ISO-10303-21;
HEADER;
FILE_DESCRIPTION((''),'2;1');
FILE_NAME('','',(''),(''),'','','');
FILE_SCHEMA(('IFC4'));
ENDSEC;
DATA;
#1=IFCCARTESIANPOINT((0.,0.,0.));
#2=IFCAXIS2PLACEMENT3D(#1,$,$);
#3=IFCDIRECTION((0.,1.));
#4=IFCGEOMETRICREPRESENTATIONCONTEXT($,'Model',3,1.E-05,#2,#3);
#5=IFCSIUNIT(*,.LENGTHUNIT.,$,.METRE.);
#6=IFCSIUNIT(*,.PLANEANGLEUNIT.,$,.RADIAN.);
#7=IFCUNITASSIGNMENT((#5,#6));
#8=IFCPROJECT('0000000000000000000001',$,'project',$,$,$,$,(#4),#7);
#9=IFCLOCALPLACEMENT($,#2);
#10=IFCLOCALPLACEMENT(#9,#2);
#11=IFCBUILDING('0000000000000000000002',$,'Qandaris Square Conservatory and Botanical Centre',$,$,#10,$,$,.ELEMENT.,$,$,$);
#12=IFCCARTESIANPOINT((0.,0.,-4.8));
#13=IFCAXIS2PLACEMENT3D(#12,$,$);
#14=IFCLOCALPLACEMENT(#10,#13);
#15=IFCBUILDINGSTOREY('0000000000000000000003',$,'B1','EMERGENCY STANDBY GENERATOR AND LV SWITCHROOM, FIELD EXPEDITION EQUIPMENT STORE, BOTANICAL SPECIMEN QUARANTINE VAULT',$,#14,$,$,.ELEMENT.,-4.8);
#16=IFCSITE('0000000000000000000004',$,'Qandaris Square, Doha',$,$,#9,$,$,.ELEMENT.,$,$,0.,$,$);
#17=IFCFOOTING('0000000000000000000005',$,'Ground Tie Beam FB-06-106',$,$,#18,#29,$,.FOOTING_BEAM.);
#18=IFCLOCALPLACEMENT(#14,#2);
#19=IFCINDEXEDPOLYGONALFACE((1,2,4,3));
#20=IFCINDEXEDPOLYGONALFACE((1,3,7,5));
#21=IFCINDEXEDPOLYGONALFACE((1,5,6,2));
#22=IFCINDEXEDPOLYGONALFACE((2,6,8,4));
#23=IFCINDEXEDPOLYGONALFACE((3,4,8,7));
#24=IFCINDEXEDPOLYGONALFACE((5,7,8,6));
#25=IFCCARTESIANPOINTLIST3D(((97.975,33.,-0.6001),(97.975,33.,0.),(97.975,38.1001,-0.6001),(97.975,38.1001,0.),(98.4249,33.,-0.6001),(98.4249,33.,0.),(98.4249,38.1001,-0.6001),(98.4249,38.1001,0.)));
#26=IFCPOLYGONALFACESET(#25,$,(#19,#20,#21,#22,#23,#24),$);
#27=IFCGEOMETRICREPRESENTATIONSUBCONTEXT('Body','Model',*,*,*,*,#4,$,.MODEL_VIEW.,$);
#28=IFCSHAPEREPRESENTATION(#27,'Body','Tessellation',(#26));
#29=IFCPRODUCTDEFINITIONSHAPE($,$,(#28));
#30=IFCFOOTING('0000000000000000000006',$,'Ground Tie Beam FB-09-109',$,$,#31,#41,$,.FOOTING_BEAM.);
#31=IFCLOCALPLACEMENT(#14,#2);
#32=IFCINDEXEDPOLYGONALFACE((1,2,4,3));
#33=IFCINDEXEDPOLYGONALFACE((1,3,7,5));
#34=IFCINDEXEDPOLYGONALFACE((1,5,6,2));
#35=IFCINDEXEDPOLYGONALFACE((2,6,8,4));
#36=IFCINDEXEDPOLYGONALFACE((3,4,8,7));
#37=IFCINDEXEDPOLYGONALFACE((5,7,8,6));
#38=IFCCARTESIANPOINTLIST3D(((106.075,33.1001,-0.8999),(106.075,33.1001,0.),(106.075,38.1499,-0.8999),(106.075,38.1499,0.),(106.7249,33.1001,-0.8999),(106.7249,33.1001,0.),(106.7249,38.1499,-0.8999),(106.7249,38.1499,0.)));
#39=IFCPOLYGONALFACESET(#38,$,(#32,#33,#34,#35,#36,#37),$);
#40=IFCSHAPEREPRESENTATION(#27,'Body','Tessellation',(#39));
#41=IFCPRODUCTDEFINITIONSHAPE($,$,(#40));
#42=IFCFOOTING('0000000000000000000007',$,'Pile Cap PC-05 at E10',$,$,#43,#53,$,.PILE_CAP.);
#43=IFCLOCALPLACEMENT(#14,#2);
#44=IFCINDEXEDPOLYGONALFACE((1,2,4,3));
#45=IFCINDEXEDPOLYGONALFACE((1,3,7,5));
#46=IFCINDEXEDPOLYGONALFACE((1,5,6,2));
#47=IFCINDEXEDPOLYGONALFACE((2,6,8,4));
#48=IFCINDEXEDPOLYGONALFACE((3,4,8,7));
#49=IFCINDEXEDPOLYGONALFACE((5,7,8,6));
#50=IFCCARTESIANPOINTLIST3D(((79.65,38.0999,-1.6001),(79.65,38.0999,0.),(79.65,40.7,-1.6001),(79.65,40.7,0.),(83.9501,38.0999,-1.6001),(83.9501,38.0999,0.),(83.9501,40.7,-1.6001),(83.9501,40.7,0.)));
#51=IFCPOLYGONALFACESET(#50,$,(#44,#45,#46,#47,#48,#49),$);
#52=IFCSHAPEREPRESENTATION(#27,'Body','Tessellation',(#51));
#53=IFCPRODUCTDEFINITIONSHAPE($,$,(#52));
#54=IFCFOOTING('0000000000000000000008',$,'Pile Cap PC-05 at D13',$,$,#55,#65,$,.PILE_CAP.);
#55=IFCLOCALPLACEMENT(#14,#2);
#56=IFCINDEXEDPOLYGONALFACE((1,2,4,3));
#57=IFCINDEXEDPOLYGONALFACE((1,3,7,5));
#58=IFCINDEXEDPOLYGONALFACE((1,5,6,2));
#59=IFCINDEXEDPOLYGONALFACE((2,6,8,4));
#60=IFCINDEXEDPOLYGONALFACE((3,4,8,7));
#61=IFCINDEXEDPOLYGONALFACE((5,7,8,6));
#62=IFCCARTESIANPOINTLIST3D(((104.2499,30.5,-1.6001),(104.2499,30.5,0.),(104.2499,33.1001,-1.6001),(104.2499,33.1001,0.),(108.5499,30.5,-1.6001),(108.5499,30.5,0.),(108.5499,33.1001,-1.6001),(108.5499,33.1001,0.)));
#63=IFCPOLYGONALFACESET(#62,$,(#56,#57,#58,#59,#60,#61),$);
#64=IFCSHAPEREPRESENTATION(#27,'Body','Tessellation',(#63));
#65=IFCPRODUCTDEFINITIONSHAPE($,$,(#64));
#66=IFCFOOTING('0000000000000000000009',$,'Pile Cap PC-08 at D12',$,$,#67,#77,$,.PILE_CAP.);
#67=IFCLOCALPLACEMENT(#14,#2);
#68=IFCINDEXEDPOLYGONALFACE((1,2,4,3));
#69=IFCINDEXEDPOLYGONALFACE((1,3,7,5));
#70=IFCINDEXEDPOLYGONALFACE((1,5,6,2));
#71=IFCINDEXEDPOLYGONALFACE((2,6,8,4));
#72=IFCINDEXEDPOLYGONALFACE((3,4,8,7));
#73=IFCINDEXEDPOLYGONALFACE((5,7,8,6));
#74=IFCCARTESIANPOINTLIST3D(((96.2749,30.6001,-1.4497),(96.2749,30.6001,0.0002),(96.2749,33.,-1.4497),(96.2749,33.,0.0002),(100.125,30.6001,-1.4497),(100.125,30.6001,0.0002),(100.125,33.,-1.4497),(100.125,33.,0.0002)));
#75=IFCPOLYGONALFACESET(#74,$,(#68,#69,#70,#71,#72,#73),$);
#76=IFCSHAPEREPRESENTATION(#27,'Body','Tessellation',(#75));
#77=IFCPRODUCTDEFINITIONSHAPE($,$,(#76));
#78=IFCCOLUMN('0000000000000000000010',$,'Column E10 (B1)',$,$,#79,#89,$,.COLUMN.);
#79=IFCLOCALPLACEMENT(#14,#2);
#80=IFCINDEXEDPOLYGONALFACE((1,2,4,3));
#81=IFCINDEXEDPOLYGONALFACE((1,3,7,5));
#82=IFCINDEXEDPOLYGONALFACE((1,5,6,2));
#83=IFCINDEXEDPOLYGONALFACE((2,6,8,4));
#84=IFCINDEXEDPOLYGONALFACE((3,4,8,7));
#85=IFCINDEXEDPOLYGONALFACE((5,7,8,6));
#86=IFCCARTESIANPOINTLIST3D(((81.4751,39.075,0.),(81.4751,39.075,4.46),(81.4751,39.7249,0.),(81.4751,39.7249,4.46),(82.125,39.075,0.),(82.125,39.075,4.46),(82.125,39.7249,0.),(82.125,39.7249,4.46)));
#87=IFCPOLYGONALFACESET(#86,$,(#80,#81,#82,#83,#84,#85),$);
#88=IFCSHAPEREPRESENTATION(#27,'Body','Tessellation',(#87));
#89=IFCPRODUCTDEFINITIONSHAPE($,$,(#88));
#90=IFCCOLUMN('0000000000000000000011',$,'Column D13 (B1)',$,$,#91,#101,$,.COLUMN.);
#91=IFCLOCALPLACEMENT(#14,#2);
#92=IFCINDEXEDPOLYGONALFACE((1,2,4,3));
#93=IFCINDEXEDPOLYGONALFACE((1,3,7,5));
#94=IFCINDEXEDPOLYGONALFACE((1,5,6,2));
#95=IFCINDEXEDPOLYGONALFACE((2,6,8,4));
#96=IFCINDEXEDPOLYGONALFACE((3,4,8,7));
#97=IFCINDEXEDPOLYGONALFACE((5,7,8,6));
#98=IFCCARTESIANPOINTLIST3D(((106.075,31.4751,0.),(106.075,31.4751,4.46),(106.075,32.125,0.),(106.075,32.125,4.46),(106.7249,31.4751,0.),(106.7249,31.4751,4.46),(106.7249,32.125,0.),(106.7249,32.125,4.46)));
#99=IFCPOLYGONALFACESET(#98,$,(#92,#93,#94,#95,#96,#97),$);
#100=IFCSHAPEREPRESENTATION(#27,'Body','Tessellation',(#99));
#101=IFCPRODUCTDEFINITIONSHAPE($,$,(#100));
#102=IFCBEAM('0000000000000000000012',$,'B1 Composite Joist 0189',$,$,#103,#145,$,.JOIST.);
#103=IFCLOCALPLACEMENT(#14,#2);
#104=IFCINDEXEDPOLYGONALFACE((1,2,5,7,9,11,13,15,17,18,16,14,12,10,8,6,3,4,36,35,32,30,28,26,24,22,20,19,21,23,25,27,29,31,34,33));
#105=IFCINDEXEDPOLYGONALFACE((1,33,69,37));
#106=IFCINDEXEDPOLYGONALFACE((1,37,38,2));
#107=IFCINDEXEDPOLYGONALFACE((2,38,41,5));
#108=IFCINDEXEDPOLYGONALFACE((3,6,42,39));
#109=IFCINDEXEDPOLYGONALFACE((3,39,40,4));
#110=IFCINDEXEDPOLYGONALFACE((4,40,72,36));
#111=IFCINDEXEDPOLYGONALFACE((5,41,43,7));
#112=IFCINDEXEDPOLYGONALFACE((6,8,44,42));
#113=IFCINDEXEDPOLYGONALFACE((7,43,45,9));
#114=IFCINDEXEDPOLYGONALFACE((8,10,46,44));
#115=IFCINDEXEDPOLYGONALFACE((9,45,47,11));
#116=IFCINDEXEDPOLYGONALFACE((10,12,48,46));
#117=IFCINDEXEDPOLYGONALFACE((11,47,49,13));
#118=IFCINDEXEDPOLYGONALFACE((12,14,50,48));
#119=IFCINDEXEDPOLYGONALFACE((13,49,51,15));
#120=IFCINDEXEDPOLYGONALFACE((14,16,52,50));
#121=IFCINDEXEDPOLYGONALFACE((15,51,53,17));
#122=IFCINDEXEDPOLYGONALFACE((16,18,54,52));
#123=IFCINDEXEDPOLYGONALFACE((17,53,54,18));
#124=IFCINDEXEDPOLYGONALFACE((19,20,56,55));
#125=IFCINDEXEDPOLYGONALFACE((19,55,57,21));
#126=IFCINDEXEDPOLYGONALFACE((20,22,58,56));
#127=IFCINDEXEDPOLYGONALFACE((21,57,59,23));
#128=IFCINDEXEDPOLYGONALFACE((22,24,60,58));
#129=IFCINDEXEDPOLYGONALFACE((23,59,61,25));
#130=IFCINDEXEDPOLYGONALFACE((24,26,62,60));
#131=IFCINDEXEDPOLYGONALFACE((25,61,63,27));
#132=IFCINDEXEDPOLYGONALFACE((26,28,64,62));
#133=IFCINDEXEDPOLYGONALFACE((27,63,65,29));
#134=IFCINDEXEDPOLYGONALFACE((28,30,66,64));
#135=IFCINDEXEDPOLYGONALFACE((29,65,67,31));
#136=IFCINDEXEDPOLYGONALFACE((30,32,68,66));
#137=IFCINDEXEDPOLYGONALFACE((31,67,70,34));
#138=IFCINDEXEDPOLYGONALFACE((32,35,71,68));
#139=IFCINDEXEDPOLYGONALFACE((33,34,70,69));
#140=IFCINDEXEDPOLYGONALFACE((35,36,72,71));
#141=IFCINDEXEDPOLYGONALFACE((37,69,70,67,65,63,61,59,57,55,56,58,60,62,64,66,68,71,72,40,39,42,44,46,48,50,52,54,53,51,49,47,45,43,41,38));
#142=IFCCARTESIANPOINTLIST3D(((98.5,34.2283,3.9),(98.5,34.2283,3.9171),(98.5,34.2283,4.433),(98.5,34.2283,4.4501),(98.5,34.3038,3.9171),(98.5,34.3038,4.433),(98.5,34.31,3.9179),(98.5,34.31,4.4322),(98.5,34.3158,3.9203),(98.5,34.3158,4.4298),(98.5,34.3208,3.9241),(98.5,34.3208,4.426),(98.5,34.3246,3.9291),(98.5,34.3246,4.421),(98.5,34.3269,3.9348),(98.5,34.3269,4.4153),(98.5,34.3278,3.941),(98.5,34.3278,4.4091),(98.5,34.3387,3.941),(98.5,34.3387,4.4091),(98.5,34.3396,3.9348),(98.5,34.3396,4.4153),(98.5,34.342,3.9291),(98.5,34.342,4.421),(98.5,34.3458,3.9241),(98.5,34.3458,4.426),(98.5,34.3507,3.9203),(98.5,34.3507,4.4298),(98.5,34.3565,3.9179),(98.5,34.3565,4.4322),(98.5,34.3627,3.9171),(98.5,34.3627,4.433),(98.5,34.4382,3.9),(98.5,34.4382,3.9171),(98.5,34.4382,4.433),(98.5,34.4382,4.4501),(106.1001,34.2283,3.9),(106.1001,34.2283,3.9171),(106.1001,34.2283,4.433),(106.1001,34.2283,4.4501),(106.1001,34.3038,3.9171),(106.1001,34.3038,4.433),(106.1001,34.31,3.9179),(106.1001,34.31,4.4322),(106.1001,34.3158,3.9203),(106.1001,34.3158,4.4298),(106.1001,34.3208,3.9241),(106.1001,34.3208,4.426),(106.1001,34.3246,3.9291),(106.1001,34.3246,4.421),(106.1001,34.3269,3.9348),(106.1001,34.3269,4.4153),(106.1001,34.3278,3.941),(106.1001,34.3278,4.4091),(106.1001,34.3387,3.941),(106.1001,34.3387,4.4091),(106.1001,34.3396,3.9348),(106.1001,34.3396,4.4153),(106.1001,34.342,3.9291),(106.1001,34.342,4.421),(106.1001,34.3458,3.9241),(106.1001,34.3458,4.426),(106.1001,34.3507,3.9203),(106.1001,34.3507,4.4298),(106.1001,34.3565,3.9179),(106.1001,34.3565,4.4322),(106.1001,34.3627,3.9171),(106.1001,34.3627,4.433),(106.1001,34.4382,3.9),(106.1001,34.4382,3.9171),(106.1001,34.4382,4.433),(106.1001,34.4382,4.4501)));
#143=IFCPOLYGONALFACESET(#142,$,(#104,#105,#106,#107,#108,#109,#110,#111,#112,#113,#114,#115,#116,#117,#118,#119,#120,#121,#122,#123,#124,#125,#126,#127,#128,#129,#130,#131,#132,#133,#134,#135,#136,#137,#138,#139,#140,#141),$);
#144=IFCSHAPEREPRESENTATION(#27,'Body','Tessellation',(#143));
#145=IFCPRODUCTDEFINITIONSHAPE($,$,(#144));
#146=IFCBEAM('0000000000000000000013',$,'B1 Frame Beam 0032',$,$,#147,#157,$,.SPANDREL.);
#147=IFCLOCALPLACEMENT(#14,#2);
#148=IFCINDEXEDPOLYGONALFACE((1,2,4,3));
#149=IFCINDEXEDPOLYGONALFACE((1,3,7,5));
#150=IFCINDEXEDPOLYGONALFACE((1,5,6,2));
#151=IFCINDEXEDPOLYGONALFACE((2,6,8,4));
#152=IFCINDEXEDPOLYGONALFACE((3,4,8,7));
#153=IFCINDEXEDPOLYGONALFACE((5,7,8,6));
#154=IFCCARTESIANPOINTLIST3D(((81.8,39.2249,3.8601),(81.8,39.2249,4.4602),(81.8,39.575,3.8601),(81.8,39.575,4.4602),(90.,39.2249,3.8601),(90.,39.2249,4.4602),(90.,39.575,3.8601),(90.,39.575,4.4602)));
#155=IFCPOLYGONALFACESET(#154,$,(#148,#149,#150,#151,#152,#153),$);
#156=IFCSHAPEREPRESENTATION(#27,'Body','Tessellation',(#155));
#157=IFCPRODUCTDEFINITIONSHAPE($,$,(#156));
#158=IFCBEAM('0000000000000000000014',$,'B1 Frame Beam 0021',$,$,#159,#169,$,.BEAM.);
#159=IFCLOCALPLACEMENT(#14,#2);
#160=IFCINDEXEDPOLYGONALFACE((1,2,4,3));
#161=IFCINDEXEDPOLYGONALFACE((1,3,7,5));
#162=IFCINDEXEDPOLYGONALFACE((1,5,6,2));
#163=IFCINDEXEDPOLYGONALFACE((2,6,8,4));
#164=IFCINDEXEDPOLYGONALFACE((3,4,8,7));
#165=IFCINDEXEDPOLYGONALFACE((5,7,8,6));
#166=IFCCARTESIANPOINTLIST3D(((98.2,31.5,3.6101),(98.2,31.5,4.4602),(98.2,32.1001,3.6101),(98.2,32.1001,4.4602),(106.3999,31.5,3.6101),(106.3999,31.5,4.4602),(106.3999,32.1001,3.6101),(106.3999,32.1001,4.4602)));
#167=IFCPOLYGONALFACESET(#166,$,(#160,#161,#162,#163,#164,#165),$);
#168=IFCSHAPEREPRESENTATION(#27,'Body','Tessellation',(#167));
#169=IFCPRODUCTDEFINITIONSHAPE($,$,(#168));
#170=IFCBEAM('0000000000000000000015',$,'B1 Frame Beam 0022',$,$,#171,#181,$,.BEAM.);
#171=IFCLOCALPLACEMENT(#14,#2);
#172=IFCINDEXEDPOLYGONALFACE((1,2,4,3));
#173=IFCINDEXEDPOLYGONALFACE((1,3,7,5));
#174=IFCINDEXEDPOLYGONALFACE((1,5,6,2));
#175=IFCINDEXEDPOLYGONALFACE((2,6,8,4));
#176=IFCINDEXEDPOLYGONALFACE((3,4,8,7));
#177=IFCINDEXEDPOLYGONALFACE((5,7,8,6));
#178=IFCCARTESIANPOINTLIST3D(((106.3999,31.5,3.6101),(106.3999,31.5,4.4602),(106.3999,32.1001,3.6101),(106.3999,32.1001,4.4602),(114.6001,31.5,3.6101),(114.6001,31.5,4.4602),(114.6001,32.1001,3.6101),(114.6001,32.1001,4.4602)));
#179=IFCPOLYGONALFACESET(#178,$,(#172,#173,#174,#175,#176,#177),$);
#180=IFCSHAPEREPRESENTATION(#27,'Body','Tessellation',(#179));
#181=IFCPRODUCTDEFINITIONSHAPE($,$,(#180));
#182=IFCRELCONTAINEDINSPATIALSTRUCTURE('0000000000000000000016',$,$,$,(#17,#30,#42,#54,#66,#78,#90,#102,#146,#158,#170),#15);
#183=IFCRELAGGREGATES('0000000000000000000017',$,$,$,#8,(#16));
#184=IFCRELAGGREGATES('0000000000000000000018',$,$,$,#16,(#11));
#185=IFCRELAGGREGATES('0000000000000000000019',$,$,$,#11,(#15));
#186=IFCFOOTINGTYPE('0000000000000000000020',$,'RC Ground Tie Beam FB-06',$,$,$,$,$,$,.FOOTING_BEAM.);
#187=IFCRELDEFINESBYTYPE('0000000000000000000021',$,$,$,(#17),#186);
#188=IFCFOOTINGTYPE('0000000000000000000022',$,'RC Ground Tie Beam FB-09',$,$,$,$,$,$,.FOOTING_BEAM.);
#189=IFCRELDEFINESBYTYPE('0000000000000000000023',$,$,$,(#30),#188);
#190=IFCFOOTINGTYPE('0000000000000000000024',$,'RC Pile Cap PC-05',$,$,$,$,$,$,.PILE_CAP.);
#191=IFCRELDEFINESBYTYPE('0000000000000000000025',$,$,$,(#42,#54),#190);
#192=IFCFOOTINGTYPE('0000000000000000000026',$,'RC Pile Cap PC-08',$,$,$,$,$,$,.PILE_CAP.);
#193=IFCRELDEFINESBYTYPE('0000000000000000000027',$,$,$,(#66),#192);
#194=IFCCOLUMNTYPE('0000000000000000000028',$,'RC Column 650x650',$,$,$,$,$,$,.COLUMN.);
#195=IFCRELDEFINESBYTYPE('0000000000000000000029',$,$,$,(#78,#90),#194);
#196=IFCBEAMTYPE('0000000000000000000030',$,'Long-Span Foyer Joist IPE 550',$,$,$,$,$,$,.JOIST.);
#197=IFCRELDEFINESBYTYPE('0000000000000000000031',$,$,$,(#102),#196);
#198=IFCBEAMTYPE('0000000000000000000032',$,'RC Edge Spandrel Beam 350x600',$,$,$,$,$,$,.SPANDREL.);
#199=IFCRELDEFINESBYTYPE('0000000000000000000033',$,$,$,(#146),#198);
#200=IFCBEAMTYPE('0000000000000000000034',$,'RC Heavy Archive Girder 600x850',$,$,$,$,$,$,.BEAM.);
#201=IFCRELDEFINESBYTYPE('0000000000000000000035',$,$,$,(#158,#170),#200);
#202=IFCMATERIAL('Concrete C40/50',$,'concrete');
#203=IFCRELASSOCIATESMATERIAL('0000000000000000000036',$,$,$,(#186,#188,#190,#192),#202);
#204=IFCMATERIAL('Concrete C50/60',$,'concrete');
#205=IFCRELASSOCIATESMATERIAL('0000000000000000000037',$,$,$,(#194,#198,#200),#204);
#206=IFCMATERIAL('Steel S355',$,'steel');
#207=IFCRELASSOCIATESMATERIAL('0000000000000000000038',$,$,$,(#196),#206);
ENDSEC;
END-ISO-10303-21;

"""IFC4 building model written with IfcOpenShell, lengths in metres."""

from ifc_helpers import new_model, si_unit, direction, frame, origin, origin_2d, place, context, subcontext, project, spatial, rectangle, i_section, extrude, material, material_profile, profile_set, type_object, element, save


model = new_model("IFC4")

# Units and contexts
model_context = context("Model", 3, precision=1e-05, world=origin(), true_north=direction((0.0, 1.0)))
body_context = subcontext(model_context, "Body", "Model", "MODEL_VIEW")
ifc_project = project(units=[si_unit("LENGTHUNIT", "METRE"), si_unit("PLANEANGLEUNIT", "RADIAN")], contexts=[model_context])

# Site, building, storey
site_placement = place(None, origin())
site = spatial("IfcSite", under=ifc_project, at=site_placement, Name="Qandaris Square, Doha", CompositionType="ELEMENT", RefElevation=0.0)
building_placement = place(site_placement, origin())
building = spatial("IfcBuilding", under=site, at=building_placement, Name="Qandaris Square Conservatory and Botanical Centre", CompositionType="ELEMENT")
storey_placement = place(building_placement, frame((0.0, 0.0, -4.8)))
storey = spatial("IfcBuildingStorey", under=building, at=storey_placement, Name="B1", Description="EMERGENCY STANDBY GENERATOR AND LV SWITCHROOM, FIELD EXPEDITION EQUIPMENT STORE, BOTANICAL SPECIMEN QUARANTINE VAULT", CompositionType="ELEMENT", Elevation=-4.8)

# Shared definitions
ifc_material_1 = material(Name="Concrete C50/60", Category="concrete")

# Footings
ifc_material_2 = material(Name="Concrete C40/50", Category="concrete")
ifc_material_profile_1 = material_profile(ifc_material_2, rectangle(XDim=0.45, YDim=0.6001, at=origin_2d()), Name="FB 450x600")
ifc_profile_set_1 = profile_set([ifc_material_profile_1], Name="Concrete C40/50")
footing_type_1 = type_object("IfcFootingType", Name="RC Ground Tie Beam FB-06", PredefinedType="FOOTING_BEAM", material=ifc_profile_set_1)
footing_1_placement = place(storey_placement, frame((98.2, 33.0, -0.3), z_axis=(0.0, 1.0, 0.0), x_axis=(-1.0, 0.0, 0.0)))
element("IfcFooting", 1, at=footing_1_placement, inside=storey, type_object=footing_type_1, Name="Ground Tie Beam FB-06-106", PredefinedType="FOOTING_BEAM", context=body_context, shape_type="SweptSolid", body=[
    extrude(rectangle(XDim=0.45, YDim=0.6001, at=origin_2d()), origin(), (0.0, 0.0, 1.0), 5.1001),
])
ifc_material_profile_2 = material_profile(ifc_material_2, rectangle(XDim=0.6499, YDim=0.8999, at=origin_2d()), Name="FB 650x900")
ifc_profile_set_2 = profile_set([ifc_material_profile_2], Name="Concrete C40/50")
footing_type_2 = type_object("IfcFootingType", Name="RC Ground Tie Beam FB-09", PredefinedType="FOOTING_BEAM", material=ifc_profile_set_2)
footing_2_placement = place(storey_placement, frame((106.3999, 33.1001, -0.45), z_axis=(0.0, 1.0, 0.0), x_axis=(-1.0, 0.0, 0.0)))
element("IfcFooting", 2, at=footing_2_placement, inside=storey, type_object=footing_type_2, Name="Ground Tie Beam FB-09-109", PredefinedType="FOOTING_BEAM", context=body_context, shape_type="SweptSolid", body=[
    extrude(rectangle(XDim=0.6499, YDim=0.8999, at=origin_2d()), origin(), (0.0, 0.0, 1.0), 5.0498),
])
footing_type_3 = type_object("IfcFootingType", Name="RC Pile Cap PC-05", PredefinedType="PILE_CAP", material=ifc_material_2)
for number, where, z_axis, x_axis, name in (
    (3, (81.8, 39.3999, -1.6001), (0.0, 0.0, 1.0), (1.0, 0.0, 0.0), "Pile Cap PC-05 at E10"),
    (4, (106.3999, 31.8, -1.6001), (0.0, 0.0, 1.0), (1.0, 0.0, 0.0), "Pile Cap PC-05 at D13"),
):
    element("IfcFooting", number, at=place(storey_placement, frame(where, z_axis=z_axis, x_axis=x_axis)), inside=storey, type_object=footing_type_3, Name=name, PredefinedType="PILE_CAP", context=body_context, shape_type="SweptSolid", body=[
        extrude(rectangle(XDim=4.3, YDim=2.6001, at=origin_2d()), origin(), (0.0, 0.0, 1.0), 1.6001),
    ])
footing_type_4 = type_object("IfcFootingType", Name="RC Pile Cap PC-08", PredefinedType="PILE_CAP", material=ifc_material_2)
footing_3_placement = place(storey_placement, frame((98.2, 31.8, -1.4497), z_axis=(0.0, 0.0, 1.0), x_axis=(1.0, 0.0, 0.0)))
element("IfcFooting", 5, at=footing_3_placement, inside=storey, type_object=footing_type_4, Name="Pile Cap PC-08 at D12", PredefinedType="PILE_CAP", context=body_context, shape_type="SweptSolid", body=[
    extrude(rectangle(XDim=3.8501, YDim=2.3999, at=origin_2d()), origin(), (0.0, 0.0, 1.0), 1.45),
])

# Columns
ifc_material_profile_3 = material_profile(ifc_material_1, rectangle(XDim=0.6499, YDim=0.6499, at=origin_2d()), Name="RC-COL 650x650")
ifc_profile_set_3 = profile_set([ifc_material_profile_3], Name="Concrete C50/60")
column_type = type_object("IfcColumnType", Name="RC Column 650x650", PredefinedType="COLUMN", material=ifc_profile_set_3)
for number, where, z_axis, x_axis, name in (
    (6, (81.8, 39.3999, 0.0), (0.0, 0.0, 1.0), (1.0, 0.0, 0.0), "Column E10 (B1)"),
    (7, (106.3999, 31.8, 0.0), (0.0, 0.0, 1.0), (1.0, 0.0, 0.0), "Column D13 (B1)"),
):
    element("IfcColumn", number, at=place(storey_placement, frame(where, z_axis=z_axis, x_axis=x_axis)), inside=storey, type_object=column_type, Name=name, PredefinedType="COLUMN", context=body_context, shape_type="SweptSolid", body=[
        extrude(rectangle(XDim=0.6499, YDim=0.6499, at=origin_2d()), origin(), (0.0, 0.0, 1.0), 4.46),
    ])

# Beams
ifc_material_3 = material(Name="Steel S355", Category="steel")
ifc_material_profile_4 = material_profile(ifc_material_3, i_section(OverallWidth=0.21, OverallDepth=0.55, WebThickness=0.011, FlangeThickness=0.0171, FilletRadius=0.0239, at=origin_2d()), Name="IPE 550")
ifc_profile_set_4 = profile_set([ifc_material_profile_4], Name="Steel S355")
beam_type_1 = type_object("IfcBeamType", Name="Long-Span Foyer Joist IPE 550", PredefinedType="JOIST", material=ifc_profile_set_4)
beam_1_placement = place(storey_placement, frame((98.5, 34.3333, 4.175), z_axis=(1.0, 0.0, 0.0), x_axis=(0.0, 1.0, 0.0)))
element("IfcBeam", 8, at=beam_1_placement, inside=storey, type_object=beam_type_1, Name="B1 Composite Joist 0189", PredefinedType="JOIST", context=body_context, shape_type="SweptSolid", body=[
    extrude(i_section(OverallWidth=0.21, OverallDepth=0.55, WebThickness=0.011, FlangeThickness=0.0171, FilletRadius=0.0239, at=origin_2d()), origin(), (0.0, 0.0, 1.0), 7.6001),
])
ifc_material_profile_5 = material_profile(ifc_material_1, rectangle(XDim=0.3501, YDim=0.6001, at=origin_2d()), Name="RC-SP 350x600")
ifc_profile_set_5 = profile_set([ifc_material_profile_5], Name="Concrete C50/60")
beam_type_2 = type_object("IfcBeamType", Name="RC Edge Spandrel Beam 350x600", PredefinedType="SPANDREL", material=ifc_profile_set_5)
beam_2_placement = place(storey_placement, frame((81.8, 39.3999, 4.1602), z_axis=(1.0, 0.0, 0.0), x_axis=(0.0, 1.0, 0.0)))
element("IfcBeam", 9, at=beam_2_placement, inside=storey, type_object=beam_type_2, Name="B1 Frame Beam 0032", PredefinedType="SPANDREL", context=body_context, shape_type="SweptSolid", body=[
    extrude(rectangle(XDim=0.3501, YDim=0.6001, at=origin_2d()), origin(), (0.0, 0.0, 1.0), 8.2),
])
ifc_material_profile_6 = material_profile(ifc_material_1, rectangle(XDim=0.6001, YDim=0.8501, at=origin_2d()), Name="RC-BM 600x850")
ifc_profile_set_6 = profile_set([ifc_material_profile_6], Name="Concrete C50/60")
beam_type_3 = type_object("IfcBeamType", Name="RC Heavy Archive Girder 600x850", PredefinedType="BEAM", material=ifc_profile_set_6)
beam_3_placement = place(storey_placement, frame((98.2, 31.8, 4.0352), z_axis=(1.0, 0.0, 0.0), x_axis=(0.0, 1.0, 0.0)))
element("IfcBeam", 10, at=beam_3_placement, inside=storey, type_object=beam_type_3, Name="B1 Frame Beam 0021", PredefinedType="BEAM", context=body_context, shape_type="SweptSolid", body=[
    extrude(rectangle(XDim=0.6001, YDim=0.8501, at=origin_2d()), origin(), (0.0, 0.0, 1.0), 8.2),
])
beam_4_placement = place(storey_placement, frame((106.3999, 31.8, 4.0352), z_axis=(1.0, 0.0, 0.0), x_axis=(0.0, 1.0, 0.0)))
element("IfcBeam", 11, at=beam_4_placement, inside=storey, type_object=beam_type_3, Name="B1 Frame Beam 0022", PredefinedType="BEAM", context=body_context, shape_type="SweptSolid", body=[
    extrude(rectangle(XDim=0.6001, YDim=0.8501, at=origin_2d()), origin(), (0.0, 0.0, 1.0), 8.2002),
])

save(model, "model.ifc")
